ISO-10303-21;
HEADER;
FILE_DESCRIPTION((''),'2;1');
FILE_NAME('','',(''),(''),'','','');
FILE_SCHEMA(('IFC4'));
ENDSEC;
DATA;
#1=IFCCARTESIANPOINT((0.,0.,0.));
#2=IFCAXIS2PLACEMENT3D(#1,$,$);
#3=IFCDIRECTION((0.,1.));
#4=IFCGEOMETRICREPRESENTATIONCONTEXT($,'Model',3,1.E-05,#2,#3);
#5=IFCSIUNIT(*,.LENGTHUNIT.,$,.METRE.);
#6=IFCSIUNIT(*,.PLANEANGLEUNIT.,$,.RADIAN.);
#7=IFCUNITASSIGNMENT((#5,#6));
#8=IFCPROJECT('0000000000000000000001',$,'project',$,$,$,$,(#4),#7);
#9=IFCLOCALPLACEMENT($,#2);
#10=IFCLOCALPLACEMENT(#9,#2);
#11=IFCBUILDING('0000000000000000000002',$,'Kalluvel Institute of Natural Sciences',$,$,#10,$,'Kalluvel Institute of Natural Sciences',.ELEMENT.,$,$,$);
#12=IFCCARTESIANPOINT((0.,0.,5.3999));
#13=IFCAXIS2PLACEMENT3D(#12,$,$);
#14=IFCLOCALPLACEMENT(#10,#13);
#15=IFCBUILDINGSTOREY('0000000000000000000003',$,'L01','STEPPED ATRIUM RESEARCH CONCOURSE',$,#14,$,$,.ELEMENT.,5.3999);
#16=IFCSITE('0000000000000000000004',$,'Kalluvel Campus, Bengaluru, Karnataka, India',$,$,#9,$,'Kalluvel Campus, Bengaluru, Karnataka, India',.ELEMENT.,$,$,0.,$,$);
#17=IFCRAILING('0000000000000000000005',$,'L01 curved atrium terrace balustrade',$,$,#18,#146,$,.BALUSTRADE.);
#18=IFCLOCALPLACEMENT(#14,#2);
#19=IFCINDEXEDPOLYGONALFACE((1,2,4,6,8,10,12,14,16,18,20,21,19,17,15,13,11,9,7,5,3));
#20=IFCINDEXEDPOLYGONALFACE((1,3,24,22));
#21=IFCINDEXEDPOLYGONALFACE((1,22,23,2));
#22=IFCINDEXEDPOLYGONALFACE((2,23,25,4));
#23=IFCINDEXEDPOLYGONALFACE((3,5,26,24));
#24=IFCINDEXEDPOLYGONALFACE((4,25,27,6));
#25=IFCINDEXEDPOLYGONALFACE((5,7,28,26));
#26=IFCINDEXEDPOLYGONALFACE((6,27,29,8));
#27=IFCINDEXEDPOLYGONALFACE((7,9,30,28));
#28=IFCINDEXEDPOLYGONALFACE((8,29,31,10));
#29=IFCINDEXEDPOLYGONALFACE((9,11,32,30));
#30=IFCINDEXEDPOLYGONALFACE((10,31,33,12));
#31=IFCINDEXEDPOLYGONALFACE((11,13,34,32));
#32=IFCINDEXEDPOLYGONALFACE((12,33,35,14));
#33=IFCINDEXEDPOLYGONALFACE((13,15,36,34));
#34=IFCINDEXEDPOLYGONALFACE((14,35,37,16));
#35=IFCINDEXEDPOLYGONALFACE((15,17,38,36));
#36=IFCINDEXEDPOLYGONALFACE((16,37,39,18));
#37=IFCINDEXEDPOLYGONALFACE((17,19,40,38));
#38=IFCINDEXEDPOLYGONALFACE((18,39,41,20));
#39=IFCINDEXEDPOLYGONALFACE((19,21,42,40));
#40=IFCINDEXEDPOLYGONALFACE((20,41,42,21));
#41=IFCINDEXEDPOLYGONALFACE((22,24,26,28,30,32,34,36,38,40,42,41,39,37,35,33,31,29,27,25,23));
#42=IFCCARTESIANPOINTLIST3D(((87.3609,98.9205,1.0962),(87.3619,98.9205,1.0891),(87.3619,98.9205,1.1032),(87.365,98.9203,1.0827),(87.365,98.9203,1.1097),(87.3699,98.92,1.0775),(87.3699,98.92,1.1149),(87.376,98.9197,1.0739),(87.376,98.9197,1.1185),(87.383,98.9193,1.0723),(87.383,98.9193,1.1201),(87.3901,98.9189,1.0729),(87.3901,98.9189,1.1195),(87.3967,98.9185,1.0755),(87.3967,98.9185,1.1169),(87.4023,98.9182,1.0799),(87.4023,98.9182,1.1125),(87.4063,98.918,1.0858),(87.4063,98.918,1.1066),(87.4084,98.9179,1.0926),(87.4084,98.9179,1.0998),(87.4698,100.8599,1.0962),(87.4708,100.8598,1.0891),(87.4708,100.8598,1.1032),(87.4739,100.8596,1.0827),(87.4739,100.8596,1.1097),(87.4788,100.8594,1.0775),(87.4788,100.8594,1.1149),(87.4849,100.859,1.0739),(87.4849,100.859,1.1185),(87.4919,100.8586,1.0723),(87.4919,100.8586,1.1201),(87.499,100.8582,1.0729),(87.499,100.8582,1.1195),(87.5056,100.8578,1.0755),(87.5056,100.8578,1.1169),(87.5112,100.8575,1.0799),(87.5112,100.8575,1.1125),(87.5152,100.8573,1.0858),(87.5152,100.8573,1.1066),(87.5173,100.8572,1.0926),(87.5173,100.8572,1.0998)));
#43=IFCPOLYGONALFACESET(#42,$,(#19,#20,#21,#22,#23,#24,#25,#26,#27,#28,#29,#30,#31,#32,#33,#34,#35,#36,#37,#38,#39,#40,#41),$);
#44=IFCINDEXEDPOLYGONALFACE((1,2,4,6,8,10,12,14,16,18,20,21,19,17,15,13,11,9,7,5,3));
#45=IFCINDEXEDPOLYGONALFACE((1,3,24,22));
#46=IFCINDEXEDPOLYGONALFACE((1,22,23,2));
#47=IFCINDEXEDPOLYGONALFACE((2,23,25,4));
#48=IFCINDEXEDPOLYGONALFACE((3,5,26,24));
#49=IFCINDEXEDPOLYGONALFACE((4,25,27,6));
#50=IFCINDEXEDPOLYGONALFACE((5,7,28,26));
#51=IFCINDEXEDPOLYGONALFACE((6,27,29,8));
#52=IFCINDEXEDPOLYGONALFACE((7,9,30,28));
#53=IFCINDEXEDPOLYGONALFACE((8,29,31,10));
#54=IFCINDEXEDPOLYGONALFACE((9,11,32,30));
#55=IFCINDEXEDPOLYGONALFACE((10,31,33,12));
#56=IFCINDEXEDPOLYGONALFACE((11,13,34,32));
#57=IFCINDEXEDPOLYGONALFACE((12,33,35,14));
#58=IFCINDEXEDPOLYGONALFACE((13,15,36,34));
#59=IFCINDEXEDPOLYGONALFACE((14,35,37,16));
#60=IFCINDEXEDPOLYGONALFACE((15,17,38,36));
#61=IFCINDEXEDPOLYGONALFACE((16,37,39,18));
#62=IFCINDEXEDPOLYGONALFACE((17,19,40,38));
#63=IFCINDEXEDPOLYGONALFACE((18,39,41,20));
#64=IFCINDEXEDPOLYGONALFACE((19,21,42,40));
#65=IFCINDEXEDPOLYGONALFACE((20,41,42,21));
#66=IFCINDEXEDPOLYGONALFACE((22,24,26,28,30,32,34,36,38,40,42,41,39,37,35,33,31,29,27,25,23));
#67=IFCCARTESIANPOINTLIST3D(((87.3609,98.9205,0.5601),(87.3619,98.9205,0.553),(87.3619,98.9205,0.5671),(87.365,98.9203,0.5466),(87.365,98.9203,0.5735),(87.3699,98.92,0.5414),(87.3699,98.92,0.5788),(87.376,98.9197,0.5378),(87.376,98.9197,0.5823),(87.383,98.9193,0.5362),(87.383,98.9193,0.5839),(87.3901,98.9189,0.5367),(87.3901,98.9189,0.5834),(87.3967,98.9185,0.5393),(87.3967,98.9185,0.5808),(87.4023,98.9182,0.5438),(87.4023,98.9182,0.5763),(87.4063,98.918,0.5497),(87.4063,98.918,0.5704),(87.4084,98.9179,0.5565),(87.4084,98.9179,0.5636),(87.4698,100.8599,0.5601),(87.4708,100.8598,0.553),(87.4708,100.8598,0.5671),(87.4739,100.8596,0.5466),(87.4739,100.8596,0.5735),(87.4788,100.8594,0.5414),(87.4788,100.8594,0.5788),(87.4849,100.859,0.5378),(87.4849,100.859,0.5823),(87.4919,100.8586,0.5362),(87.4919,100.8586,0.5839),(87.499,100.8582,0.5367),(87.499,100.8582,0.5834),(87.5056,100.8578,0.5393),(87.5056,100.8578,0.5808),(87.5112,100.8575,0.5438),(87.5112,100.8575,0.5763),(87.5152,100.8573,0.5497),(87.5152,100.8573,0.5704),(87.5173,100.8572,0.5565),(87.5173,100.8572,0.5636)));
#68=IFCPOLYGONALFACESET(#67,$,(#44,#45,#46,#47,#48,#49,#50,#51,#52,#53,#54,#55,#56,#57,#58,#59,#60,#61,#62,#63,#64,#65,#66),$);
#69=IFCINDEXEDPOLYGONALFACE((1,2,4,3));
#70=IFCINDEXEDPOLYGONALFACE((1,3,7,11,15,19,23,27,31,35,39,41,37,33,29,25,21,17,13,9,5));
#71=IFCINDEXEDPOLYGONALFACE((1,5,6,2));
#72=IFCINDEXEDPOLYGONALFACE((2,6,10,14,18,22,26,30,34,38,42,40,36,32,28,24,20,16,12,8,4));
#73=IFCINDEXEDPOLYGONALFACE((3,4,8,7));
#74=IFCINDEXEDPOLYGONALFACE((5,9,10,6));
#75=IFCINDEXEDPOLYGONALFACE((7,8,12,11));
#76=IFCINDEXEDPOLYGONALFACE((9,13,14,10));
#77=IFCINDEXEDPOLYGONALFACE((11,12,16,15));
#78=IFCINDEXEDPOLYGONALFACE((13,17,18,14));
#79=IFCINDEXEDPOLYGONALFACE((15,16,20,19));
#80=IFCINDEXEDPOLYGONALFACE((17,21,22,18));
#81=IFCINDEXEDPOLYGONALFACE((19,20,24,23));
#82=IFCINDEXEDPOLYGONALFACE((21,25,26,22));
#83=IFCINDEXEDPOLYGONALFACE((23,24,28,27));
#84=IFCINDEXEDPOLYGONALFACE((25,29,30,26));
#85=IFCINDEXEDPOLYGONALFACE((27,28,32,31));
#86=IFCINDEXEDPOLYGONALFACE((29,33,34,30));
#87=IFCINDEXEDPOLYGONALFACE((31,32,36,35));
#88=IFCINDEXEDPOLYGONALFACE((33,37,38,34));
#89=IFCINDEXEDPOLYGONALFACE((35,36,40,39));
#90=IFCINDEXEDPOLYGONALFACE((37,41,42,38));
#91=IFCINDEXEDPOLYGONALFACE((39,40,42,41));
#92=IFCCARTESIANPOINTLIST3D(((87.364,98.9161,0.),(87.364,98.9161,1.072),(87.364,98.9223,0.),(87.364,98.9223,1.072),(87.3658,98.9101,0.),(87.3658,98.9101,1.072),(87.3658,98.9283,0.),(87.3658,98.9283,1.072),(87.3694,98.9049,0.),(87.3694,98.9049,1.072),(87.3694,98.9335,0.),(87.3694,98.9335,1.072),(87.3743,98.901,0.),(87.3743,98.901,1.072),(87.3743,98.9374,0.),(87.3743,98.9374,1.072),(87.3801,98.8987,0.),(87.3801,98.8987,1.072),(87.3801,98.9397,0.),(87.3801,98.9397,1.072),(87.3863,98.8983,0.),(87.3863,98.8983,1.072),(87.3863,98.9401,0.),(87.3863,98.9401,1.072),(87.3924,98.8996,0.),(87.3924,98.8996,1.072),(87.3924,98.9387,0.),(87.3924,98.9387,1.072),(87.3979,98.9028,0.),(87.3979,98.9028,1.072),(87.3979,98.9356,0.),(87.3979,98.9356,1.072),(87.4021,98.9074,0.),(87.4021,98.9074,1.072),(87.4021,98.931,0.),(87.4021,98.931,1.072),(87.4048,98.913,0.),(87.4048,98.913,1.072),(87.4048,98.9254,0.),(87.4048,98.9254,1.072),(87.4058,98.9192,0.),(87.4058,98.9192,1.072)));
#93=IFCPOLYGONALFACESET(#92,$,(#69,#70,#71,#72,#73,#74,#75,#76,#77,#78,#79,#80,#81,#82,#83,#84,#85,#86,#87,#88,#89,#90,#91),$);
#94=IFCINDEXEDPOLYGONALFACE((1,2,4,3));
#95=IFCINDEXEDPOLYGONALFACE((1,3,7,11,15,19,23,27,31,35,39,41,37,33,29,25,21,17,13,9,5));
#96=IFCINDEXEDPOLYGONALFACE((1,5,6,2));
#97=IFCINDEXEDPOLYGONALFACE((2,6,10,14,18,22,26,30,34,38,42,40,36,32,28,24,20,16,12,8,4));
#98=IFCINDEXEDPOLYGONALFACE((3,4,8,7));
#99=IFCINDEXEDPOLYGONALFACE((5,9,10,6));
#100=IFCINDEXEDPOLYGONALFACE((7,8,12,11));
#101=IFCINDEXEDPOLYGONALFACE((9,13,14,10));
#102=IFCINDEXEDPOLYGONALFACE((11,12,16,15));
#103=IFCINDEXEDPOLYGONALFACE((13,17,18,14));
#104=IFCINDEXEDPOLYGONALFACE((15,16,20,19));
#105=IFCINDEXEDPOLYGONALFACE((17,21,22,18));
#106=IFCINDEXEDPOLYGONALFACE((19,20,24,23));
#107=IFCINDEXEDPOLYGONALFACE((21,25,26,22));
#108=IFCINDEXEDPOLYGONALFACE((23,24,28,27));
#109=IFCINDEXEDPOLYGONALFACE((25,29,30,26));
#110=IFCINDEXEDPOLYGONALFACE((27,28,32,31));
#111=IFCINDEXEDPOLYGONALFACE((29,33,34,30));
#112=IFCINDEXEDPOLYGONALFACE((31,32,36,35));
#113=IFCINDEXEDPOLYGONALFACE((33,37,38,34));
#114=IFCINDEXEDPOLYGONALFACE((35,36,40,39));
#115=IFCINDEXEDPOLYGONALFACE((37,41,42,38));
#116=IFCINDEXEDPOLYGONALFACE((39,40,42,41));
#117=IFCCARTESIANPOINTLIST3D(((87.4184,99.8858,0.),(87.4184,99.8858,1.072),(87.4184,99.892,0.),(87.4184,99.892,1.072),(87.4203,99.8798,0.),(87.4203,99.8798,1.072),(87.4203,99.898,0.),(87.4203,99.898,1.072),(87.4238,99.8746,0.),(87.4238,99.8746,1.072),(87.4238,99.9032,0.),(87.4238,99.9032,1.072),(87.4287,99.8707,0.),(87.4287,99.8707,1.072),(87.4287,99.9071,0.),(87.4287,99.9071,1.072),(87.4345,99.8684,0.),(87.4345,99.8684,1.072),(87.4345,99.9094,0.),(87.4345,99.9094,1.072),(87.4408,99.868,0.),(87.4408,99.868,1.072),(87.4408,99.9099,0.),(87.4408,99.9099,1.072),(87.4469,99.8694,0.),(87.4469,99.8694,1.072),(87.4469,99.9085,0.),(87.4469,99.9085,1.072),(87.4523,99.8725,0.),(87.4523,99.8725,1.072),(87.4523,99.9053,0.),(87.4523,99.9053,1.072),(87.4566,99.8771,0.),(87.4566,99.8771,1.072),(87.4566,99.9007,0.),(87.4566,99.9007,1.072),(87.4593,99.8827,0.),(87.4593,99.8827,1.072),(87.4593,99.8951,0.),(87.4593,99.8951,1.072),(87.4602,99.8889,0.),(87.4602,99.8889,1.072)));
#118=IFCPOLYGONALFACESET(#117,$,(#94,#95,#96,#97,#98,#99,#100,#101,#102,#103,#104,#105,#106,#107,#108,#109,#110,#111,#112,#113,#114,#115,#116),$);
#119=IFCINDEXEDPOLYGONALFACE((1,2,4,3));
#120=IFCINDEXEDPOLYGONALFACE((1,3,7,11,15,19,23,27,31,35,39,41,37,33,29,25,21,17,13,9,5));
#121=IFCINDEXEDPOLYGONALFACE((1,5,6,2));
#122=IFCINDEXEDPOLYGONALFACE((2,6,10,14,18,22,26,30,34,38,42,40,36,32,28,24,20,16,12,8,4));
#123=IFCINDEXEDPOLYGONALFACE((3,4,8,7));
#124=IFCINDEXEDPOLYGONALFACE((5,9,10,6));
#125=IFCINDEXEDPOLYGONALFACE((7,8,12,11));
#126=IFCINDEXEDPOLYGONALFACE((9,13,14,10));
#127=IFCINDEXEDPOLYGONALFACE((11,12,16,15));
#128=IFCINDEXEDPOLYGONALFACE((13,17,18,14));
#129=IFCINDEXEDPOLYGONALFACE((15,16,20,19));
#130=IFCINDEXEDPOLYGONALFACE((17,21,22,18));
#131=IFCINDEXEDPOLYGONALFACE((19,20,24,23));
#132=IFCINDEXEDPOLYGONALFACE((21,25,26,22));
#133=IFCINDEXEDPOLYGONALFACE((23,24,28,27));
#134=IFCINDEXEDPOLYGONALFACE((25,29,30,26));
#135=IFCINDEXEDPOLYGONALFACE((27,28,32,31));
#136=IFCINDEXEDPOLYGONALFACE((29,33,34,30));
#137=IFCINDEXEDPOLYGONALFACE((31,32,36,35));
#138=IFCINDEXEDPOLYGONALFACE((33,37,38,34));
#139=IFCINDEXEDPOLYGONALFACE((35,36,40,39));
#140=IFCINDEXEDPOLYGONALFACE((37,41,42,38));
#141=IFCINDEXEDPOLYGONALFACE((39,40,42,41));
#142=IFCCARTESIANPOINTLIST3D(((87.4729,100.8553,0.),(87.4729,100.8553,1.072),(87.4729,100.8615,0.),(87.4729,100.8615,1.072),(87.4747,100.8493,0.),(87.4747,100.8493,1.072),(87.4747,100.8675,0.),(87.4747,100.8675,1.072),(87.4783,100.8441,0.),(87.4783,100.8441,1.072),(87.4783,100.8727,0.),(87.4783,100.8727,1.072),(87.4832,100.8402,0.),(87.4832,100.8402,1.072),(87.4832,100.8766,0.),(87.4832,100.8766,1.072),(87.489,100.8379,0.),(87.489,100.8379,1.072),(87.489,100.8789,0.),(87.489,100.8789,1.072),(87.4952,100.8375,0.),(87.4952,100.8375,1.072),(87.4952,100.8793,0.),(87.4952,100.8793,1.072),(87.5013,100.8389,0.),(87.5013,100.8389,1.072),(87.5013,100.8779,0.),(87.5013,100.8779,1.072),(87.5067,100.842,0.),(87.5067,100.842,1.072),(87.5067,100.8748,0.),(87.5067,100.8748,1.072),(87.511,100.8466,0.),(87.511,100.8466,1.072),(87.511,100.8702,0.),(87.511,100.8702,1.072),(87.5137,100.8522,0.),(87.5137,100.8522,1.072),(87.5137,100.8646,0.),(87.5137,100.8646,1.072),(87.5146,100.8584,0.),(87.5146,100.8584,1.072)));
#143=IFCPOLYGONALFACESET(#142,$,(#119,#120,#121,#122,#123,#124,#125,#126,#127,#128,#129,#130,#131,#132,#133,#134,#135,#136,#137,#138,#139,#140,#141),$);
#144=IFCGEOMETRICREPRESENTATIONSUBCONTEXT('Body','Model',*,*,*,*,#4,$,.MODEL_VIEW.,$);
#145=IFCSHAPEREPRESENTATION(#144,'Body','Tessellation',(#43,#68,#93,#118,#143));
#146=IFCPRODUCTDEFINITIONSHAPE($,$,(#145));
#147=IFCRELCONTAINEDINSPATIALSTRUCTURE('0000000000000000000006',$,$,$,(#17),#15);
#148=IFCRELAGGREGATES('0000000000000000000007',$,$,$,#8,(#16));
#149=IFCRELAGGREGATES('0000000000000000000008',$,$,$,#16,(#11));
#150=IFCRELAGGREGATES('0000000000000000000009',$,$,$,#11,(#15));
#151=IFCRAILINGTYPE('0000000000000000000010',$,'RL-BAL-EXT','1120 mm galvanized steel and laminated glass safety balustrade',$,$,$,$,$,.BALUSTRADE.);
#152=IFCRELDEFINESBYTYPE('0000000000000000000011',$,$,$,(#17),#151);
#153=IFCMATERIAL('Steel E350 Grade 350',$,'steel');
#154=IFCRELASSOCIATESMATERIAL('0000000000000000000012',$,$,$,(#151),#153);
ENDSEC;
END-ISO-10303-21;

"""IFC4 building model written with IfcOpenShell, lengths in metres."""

from ifc_helpers import new_model, si_unit, direction, frame, origin, origin_2d, place, context, subcontext, project, spatial, circle, extrude, material, type_object, element, save


model = new_model("IFC4")

# Units and contexts
model_context = context("Model", 3, precision=1e-05, world=origin(), true_north=direction((0.0, 1.0)))
body_context = subcontext(model_context, "Body", "Model", "MODEL_VIEW")
ifc_project = project(units=[si_unit("LENGTHUNIT", "METRE"), si_unit("PLANEANGLEUNIT", "RADIAN")], contexts=[model_context])

# Site, building, storey
site_placement = place(None, origin())
site = spatial("IfcSite", under=ifc_project, at=site_placement, Name="Kalluvel Campus, Bengaluru, Karnataka, India", LongName="Kalluvel Campus, Bengaluru, Karnataka, India", CompositionType="ELEMENT", RefElevation=0.0)
building_placement = place(site_placement, origin())
building = spatial("IfcBuilding", under=site, at=building_placement, Name="Kalluvel Institute of Natural Sciences", LongName="Kalluvel Institute of Natural Sciences", CompositionType="ELEMENT")
storey_placement = place(building_placement, frame((0.0, 0.0, 5.3999)))
storey = spatial("IfcBuildingStorey", under=building, at=storey_placement, Name="L01", Description="STEPPED ATRIUM RESEARCH CONCOURSE", CompositionType="ELEMENT", Elevation=5.3999)

# Railing
ifc_material_1 = material(Name="Steel E350 Grade 350", Category="steel")
railing_type = type_object("IfcRailingType", Name="RL-BAL-EXT", Description="1120 mm galvanized steel and laminated glass safety balustrade", PredefinedType="BALUSTRADE", material=ifc_material_1)
railing_1_placement = place(storey_placement, frame((87.3848, 98.9192, 0.0)))
element("IfcRailing", 1, at=railing_1_placement, inside=storey, type_object=railing_type, Name="L01 curved atrium terrace balustrade", PredefinedType="BALUSTRADE", context=body_context, shape_type="SweptSolid", body=[
    extrude(circle(Radius=0.0239, at=origin_2d()), frame((0.0, 0.0, 1.0962), z_axis=(0.056062, 0.998427, 0.0), x_axis=(-0.998427, 0.056062, 0.0)), (0.0, 0.0, 1.0), 1.9424),
    extrude(circle(Radius=0.0239, at=origin_2d()), frame((0.0, 0.0, 0.5601), z_axis=(0.056062, 0.998427, 0.0), x_axis=(-0.998427, 0.056062, 0.0)), (0.0, 0.0, 1.0), 1.9424),
    extrude(circle(Radius=0.021, at=origin_2d()), origin(), (0.0, 0.0, 1.0), 1.072),
    extrude(circle(Radius=0.021, at=origin_2d()), frame((0.0544, 0.9697, 0.0)), (0.0, 0.0, 1.0), 1.072),
    extrude(circle(Radius=0.021, at=origin_2d()), frame((0.1089, 1.9392, 0.0)), (0.0, 0.0, 1.0), 1.072),
])

save(model, "model.ifc")
